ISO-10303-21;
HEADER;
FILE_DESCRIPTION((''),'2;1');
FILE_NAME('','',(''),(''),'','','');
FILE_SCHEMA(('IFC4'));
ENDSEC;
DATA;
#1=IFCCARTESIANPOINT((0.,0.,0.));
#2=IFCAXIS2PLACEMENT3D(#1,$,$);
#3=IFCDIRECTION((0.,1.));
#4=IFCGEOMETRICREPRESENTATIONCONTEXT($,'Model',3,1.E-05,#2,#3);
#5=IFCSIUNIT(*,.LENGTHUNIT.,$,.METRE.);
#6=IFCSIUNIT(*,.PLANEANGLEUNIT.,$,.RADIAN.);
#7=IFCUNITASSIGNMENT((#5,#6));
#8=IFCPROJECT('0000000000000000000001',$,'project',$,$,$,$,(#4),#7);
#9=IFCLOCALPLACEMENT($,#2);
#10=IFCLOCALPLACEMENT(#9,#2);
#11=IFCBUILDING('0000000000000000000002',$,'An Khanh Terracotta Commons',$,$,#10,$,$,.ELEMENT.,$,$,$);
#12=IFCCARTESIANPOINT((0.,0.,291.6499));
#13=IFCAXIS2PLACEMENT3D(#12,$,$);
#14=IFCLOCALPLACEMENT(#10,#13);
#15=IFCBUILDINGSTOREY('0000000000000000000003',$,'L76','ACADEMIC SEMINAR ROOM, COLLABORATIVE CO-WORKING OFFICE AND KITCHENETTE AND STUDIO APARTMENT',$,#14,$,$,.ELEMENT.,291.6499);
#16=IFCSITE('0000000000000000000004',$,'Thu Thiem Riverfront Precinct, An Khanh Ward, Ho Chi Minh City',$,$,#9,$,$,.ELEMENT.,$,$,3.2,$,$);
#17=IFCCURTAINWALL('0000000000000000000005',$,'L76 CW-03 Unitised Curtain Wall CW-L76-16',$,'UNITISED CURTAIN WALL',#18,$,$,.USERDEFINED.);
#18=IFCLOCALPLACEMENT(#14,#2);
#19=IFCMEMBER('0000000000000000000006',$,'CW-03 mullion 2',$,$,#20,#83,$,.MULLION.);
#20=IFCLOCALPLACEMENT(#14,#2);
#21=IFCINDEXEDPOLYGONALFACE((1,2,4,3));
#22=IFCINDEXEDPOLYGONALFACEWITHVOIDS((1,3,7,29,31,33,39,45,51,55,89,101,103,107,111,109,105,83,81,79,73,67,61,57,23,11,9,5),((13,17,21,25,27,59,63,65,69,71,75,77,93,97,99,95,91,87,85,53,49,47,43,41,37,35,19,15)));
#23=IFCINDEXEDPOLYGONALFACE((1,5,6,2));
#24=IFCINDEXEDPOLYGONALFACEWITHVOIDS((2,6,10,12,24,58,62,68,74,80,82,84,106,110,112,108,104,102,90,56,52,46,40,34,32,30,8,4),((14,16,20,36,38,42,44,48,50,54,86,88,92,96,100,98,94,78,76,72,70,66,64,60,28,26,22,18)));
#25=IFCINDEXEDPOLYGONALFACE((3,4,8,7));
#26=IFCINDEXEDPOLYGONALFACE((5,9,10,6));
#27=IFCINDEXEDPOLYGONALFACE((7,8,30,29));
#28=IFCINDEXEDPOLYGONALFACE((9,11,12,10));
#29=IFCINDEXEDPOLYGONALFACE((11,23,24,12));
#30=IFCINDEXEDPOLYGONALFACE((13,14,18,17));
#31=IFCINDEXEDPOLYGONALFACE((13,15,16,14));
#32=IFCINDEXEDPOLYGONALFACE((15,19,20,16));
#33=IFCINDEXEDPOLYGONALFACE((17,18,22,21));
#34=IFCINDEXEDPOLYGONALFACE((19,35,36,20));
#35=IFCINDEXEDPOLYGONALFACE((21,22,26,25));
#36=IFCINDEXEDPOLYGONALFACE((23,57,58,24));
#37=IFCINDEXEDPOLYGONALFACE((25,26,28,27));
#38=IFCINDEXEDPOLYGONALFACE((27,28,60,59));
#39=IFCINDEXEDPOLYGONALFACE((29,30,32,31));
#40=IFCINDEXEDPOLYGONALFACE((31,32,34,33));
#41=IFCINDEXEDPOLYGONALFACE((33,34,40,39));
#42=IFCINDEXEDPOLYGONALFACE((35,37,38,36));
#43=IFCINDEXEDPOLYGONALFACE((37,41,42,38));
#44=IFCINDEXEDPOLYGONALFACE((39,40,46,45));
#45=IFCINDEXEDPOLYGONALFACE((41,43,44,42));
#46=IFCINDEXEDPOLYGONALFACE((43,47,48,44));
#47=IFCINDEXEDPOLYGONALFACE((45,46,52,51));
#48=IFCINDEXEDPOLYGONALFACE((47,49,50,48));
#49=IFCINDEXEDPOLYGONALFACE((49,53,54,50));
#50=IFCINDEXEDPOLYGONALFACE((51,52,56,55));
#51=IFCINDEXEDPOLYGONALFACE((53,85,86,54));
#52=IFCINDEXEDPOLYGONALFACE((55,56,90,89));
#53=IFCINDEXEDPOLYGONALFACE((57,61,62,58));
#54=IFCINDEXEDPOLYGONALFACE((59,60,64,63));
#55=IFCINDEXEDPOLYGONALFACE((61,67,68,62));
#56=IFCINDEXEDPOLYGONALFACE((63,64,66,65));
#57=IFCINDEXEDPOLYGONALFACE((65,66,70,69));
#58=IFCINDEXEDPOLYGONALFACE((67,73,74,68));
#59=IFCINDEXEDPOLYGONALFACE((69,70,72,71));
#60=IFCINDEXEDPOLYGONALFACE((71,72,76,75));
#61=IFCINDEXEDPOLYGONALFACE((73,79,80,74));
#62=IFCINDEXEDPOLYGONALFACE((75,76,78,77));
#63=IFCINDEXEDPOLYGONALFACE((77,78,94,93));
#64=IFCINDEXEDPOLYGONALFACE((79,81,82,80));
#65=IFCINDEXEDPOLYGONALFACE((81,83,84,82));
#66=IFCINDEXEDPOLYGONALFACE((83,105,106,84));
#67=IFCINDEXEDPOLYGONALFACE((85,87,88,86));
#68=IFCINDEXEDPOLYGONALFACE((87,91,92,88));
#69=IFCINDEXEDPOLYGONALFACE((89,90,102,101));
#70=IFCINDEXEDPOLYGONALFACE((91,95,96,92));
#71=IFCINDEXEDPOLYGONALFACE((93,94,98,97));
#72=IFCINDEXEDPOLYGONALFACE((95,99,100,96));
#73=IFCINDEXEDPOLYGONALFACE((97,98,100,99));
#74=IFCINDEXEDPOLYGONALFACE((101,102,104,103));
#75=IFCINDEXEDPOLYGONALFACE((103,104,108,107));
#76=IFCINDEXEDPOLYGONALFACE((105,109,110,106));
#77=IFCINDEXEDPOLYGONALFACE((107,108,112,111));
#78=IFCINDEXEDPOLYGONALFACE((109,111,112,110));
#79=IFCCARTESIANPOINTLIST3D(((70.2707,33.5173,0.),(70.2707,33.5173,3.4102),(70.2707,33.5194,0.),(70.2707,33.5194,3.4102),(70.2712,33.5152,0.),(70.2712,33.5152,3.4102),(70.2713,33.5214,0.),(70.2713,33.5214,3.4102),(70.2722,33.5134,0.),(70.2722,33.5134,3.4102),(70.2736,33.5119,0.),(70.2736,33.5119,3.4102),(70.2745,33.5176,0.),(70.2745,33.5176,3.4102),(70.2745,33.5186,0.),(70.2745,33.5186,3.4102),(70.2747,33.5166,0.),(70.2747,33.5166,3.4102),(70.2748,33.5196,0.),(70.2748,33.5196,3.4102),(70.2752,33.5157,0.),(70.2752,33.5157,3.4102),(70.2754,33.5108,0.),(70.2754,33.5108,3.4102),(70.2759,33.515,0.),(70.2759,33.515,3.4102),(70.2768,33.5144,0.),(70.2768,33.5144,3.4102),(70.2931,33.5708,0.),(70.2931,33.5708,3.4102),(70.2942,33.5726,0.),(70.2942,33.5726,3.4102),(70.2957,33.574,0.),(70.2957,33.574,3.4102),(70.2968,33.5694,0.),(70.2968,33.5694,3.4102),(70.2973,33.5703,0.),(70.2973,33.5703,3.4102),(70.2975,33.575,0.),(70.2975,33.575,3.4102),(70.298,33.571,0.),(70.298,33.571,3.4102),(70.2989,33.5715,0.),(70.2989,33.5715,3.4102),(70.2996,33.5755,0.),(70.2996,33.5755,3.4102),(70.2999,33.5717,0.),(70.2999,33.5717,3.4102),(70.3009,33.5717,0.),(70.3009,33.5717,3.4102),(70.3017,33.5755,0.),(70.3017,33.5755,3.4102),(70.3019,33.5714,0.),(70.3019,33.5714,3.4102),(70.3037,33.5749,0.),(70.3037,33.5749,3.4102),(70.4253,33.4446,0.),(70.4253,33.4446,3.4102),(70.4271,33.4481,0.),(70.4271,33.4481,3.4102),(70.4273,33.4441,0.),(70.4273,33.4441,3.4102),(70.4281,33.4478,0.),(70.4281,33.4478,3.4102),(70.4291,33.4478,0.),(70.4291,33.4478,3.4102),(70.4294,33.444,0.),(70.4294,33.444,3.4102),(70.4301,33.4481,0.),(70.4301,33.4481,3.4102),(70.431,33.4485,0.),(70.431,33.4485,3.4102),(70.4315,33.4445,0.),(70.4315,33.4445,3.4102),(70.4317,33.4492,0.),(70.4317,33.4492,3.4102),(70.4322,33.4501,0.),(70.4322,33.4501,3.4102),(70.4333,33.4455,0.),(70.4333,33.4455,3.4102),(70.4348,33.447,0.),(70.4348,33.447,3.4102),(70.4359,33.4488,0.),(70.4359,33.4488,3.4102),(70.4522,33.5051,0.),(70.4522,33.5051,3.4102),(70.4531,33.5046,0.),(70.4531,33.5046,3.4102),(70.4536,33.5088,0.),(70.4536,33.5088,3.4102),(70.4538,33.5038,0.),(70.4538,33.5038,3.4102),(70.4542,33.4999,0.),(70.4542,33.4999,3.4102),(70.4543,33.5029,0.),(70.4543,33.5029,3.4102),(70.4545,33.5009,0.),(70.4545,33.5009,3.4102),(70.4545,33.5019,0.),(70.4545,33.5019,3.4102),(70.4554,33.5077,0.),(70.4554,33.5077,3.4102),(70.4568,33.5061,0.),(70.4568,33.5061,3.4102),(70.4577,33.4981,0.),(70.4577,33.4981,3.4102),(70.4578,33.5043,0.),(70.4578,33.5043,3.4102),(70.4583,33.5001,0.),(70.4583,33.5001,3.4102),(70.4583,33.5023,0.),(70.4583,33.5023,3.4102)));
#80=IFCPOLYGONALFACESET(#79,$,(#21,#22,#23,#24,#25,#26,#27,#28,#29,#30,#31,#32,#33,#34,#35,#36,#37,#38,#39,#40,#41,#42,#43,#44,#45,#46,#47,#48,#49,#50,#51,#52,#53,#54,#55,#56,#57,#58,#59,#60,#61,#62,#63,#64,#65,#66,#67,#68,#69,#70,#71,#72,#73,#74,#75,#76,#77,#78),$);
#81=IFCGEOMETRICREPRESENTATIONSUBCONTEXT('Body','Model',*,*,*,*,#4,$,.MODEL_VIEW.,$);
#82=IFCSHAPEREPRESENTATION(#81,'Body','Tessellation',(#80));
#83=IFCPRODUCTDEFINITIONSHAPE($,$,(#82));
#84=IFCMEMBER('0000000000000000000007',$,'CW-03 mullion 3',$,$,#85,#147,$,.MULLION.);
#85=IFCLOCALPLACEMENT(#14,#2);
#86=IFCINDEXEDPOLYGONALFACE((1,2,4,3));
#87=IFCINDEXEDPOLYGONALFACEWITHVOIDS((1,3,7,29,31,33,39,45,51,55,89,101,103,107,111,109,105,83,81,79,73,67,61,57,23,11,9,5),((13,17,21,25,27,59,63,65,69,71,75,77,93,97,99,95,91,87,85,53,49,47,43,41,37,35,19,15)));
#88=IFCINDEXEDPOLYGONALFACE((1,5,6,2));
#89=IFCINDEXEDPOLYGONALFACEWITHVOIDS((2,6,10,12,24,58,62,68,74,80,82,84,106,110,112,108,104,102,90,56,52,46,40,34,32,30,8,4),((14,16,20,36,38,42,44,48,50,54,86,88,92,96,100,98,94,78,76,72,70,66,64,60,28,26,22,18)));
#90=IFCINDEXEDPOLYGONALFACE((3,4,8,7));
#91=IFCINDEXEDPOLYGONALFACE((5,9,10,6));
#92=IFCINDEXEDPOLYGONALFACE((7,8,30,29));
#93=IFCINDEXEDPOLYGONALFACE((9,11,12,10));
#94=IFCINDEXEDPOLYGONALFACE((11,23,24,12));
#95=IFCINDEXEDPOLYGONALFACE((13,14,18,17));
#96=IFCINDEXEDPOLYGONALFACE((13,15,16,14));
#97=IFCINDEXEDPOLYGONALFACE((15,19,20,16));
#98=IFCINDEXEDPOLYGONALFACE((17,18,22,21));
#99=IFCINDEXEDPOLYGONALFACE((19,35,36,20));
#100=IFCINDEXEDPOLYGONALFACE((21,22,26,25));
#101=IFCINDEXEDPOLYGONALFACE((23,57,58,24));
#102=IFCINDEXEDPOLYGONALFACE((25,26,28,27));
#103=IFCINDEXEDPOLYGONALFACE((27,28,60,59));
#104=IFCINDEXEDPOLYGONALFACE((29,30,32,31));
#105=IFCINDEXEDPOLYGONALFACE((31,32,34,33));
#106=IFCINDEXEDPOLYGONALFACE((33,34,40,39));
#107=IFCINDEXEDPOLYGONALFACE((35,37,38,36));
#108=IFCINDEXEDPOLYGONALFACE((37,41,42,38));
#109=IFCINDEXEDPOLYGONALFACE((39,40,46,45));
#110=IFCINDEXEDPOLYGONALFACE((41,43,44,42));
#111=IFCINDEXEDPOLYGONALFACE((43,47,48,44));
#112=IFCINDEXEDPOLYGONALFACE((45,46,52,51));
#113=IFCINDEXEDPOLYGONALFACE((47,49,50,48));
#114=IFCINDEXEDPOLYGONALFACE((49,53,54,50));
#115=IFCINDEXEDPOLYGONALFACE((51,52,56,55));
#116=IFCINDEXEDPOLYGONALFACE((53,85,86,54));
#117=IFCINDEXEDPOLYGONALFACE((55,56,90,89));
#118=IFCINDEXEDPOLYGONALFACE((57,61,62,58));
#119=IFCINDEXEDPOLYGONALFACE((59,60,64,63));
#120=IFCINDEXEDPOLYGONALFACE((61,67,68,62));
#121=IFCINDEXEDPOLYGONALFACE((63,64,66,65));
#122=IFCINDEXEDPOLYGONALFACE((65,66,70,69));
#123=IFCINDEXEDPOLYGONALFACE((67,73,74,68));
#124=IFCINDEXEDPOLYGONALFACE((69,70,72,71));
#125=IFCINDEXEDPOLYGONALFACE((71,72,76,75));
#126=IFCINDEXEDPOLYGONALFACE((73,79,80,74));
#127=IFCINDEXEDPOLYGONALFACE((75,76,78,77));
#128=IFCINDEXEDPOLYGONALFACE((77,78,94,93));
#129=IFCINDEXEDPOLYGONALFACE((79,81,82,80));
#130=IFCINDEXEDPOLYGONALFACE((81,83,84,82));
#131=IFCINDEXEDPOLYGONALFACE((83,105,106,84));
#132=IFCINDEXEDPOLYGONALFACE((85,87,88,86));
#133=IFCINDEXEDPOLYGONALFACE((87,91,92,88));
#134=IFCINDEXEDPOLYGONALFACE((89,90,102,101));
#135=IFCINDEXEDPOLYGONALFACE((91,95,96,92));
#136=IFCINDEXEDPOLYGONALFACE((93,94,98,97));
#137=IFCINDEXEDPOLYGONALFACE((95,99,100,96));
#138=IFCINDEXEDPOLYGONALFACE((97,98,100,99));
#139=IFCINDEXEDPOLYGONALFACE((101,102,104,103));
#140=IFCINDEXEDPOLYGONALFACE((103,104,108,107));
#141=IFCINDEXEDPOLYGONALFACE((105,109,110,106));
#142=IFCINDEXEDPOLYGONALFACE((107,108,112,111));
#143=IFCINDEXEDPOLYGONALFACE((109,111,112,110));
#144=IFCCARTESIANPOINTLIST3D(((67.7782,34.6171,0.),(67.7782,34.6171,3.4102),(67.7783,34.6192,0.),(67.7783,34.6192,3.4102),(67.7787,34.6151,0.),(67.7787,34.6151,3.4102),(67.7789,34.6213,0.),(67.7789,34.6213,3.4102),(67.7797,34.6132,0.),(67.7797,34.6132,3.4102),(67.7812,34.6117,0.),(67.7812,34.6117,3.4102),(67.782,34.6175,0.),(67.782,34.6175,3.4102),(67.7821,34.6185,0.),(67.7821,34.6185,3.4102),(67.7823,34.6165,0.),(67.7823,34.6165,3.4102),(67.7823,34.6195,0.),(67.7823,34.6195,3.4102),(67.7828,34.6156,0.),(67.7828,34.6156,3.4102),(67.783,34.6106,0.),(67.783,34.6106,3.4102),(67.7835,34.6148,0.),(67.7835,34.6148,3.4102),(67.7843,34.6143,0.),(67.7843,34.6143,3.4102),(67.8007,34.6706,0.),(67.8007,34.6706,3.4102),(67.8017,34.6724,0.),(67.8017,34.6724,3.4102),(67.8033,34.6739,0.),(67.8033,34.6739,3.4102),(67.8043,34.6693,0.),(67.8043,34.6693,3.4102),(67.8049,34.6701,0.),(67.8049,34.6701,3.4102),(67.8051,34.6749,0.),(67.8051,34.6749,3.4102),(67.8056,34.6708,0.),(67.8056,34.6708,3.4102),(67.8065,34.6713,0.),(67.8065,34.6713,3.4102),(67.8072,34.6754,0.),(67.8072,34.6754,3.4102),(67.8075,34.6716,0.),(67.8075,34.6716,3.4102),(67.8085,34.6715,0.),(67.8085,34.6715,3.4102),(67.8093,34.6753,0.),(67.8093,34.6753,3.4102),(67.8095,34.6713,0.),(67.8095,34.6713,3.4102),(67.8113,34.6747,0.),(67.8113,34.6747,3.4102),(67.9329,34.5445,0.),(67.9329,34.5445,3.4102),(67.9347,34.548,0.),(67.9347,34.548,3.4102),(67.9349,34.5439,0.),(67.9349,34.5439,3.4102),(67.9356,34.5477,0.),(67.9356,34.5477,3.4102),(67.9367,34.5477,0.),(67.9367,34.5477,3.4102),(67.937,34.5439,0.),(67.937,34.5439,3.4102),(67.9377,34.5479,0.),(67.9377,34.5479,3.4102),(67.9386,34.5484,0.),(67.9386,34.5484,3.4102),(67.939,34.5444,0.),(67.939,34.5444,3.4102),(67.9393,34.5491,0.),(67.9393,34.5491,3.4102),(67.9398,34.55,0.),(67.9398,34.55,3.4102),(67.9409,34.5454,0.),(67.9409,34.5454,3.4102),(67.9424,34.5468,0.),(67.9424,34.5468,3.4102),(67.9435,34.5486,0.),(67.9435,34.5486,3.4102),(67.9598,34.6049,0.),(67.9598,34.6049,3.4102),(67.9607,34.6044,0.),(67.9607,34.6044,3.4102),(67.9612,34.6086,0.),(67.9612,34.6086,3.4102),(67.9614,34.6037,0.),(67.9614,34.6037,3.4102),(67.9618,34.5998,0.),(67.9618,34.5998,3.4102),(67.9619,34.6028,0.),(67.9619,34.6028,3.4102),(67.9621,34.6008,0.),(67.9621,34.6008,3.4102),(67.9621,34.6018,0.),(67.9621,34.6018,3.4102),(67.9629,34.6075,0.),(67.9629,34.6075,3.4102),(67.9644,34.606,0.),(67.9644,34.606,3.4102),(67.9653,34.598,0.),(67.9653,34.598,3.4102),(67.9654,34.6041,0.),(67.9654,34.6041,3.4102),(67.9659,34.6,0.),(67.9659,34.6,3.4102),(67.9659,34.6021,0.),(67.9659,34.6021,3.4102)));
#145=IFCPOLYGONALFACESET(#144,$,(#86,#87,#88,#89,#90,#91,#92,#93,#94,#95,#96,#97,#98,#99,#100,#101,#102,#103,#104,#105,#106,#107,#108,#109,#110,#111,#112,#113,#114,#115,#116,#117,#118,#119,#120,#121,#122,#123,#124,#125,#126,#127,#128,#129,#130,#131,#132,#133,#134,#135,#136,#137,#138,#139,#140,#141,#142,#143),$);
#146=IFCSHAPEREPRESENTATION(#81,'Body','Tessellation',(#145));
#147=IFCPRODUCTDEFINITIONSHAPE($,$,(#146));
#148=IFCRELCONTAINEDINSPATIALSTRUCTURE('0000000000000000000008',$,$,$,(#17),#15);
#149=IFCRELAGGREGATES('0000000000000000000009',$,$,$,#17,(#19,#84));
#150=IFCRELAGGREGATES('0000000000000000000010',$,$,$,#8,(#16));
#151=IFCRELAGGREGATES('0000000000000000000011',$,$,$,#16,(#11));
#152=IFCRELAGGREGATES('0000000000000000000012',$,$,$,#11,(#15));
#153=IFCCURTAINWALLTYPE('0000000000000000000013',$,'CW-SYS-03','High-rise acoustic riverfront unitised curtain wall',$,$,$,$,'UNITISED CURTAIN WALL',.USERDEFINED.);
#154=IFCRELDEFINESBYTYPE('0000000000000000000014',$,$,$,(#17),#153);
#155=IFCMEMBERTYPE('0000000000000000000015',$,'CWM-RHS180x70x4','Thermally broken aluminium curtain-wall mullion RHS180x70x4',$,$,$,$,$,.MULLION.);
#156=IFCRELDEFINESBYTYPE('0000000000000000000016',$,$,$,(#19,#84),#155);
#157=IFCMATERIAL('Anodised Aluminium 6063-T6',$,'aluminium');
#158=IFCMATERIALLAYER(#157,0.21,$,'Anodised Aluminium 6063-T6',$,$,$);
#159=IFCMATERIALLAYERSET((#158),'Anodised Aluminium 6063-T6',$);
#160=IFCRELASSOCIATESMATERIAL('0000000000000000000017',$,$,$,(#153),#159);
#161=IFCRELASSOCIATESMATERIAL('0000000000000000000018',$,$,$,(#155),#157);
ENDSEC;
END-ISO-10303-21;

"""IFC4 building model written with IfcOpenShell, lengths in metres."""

from ifc_helpers import new_model, si_unit, direction, frame, origin, origin_2d, place, context, subcontext, project, spatial, hollow_rectangle, extrude, material, layer, layer_set, material_profile, profile_set, type_object, element, aggregate, save


model = new_model("IFC4")

# Units and contexts
model_context = context("Model", 3, precision=1e-05, world=origin(), true_north=direction((0.0, 1.0)))
body_context = subcontext(model_context, "Body", "Model", "MODEL_VIEW")
ifc_project = project(units=[si_unit("LENGTHUNIT", "METRE"), si_unit("PLANEANGLEUNIT", "RADIAN")], contexts=[model_context])

# Site, building, storey
site_placement = place(None, origin())
site = spatial("IfcSite", under=ifc_project, at=site_placement, Name="Thu Thiem Riverfront Precinct, An Khanh Ward, Ho Chi Minh City", CompositionType="ELEMENT", RefElevation=3.2)
building_placement = place(site_placement, origin())
building = spatial("IfcBuilding", under=site, at=building_placement, Name="An Khanh Terracotta Commons", CompositionType="ELEMENT")
storey_placement = place(building_placement, frame((0.0, 0.0, 291.6499)))
storey = spatial("IfcBuildingStorey", under=building, at=storey_placement, Name="L76", Description="ACADEMIC SEMINAR ROOM, COLLABORATIVE CO-WORKING OFFICE AND KITCHENETTE AND STUDIO APARTMENT", CompositionType="ELEMENT", Elevation=291.6499)

# Shared definitions
ifc_material_1 = material(Name="Anodised Aluminium 6063-T6", Category="aluminium")
ifc_layer_1 = layer(ifc_material_1, 0.21, Name="Anodised Aluminium 6063-T6")
ifc_layer_set_1 = layer_set([ifc_layer_1], Name="Anodised Aluminium 6063-T6")
curtain_wall_type = type_object("IfcCurtainWallType", Name="CW-SYS-03", Description="High-rise acoustic riverfront unitised curtain wall", ElementType="UNITISED CURTAIN WALL", PredefinedType="USERDEFINED", material=ifc_layer_set_1)
ifc_material_profile_1 = material_profile(ifc_material_1, hollow_rectangle(XDim=0.0701, YDim=0.1799, WallThickness=0.0039, InnerFilletRadius=0.0039, OuterFilletRadius=0.0081, at=origin_2d()), Name="RHS180x70x4")
ifc_profile_set_1 = profile_set([ifc_material_profile_1], Name="Anodised Aluminium 6063-T6")
member_type_1 = type_object("IfcMemberType", Name="CWM-RHS180x70x4", Description="Thermally broken aluminium curtain-wall mullion RHS180x70x4", PredefinedType="MULLION", material=ifc_profile_set_1)

# Curtain wall, members
curtain_wall_1_placement = place(storey_placement, origin())
curtain_wall_1 = element("IfcCurtainWall", 1, at=curtain_wall_1_placement, inside=storey, type_object=curtain_wall_type, Name="L76 CW-03 Unitised Curtain Wall CW-L76-16", ObjectType="UNITISED CURTAIN WALL", PredefinedType="USERDEFINED")
member_1_placement = place(storey_placement, frame((70.3645, 33.5098, 0.0), z_axis=(0.0, 0.0, 1.0), x_axis=(-0.403676, -0.914902, 0.0)))
member_1 = element("IfcMember", 2, at=member_1_placement, type_object=member_type_1, Name="CW-03 mullion 2", PredefinedType="MULLION", context=body_context, shape_type="SweptSolid", body=[
    extrude(hollow_rectangle(XDim=0.0701, YDim=0.1799, WallThickness=0.0039, InnerFilletRadius=0.0039, OuterFilletRadius=0.0081, at=origin_2d()), origin(), (0.0, 0.0, 1.0), 3.4102),
])
member_2_placement = place(storey_placement, frame((67.8721, 34.6096, 0.0), z_axis=(0.0, 0.0, 1.0), x_axis=(-0.403676, -0.914902, 0.0)))
member_2 = element("IfcMember", 3, at=member_2_placement, type_object=member_type_1, Name="CW-03 mullion 3", PredefinedType="MULLION", context=body_context, shape_type="SweptSolid", body=[
    extrude(hollow_rectangle(XDim=0.0701, YDim=0.1799, WallThickness=0.0039, InnerFilletRadius=0.0039, OuterFilletRadius=0.0081, at=origin_2d()), origin(), (0.0, 0.0, 1.0), 3.4102),
])

aggregate(curtain_wall_1, [member_1, member_2])

save(model, "model.ifc")
